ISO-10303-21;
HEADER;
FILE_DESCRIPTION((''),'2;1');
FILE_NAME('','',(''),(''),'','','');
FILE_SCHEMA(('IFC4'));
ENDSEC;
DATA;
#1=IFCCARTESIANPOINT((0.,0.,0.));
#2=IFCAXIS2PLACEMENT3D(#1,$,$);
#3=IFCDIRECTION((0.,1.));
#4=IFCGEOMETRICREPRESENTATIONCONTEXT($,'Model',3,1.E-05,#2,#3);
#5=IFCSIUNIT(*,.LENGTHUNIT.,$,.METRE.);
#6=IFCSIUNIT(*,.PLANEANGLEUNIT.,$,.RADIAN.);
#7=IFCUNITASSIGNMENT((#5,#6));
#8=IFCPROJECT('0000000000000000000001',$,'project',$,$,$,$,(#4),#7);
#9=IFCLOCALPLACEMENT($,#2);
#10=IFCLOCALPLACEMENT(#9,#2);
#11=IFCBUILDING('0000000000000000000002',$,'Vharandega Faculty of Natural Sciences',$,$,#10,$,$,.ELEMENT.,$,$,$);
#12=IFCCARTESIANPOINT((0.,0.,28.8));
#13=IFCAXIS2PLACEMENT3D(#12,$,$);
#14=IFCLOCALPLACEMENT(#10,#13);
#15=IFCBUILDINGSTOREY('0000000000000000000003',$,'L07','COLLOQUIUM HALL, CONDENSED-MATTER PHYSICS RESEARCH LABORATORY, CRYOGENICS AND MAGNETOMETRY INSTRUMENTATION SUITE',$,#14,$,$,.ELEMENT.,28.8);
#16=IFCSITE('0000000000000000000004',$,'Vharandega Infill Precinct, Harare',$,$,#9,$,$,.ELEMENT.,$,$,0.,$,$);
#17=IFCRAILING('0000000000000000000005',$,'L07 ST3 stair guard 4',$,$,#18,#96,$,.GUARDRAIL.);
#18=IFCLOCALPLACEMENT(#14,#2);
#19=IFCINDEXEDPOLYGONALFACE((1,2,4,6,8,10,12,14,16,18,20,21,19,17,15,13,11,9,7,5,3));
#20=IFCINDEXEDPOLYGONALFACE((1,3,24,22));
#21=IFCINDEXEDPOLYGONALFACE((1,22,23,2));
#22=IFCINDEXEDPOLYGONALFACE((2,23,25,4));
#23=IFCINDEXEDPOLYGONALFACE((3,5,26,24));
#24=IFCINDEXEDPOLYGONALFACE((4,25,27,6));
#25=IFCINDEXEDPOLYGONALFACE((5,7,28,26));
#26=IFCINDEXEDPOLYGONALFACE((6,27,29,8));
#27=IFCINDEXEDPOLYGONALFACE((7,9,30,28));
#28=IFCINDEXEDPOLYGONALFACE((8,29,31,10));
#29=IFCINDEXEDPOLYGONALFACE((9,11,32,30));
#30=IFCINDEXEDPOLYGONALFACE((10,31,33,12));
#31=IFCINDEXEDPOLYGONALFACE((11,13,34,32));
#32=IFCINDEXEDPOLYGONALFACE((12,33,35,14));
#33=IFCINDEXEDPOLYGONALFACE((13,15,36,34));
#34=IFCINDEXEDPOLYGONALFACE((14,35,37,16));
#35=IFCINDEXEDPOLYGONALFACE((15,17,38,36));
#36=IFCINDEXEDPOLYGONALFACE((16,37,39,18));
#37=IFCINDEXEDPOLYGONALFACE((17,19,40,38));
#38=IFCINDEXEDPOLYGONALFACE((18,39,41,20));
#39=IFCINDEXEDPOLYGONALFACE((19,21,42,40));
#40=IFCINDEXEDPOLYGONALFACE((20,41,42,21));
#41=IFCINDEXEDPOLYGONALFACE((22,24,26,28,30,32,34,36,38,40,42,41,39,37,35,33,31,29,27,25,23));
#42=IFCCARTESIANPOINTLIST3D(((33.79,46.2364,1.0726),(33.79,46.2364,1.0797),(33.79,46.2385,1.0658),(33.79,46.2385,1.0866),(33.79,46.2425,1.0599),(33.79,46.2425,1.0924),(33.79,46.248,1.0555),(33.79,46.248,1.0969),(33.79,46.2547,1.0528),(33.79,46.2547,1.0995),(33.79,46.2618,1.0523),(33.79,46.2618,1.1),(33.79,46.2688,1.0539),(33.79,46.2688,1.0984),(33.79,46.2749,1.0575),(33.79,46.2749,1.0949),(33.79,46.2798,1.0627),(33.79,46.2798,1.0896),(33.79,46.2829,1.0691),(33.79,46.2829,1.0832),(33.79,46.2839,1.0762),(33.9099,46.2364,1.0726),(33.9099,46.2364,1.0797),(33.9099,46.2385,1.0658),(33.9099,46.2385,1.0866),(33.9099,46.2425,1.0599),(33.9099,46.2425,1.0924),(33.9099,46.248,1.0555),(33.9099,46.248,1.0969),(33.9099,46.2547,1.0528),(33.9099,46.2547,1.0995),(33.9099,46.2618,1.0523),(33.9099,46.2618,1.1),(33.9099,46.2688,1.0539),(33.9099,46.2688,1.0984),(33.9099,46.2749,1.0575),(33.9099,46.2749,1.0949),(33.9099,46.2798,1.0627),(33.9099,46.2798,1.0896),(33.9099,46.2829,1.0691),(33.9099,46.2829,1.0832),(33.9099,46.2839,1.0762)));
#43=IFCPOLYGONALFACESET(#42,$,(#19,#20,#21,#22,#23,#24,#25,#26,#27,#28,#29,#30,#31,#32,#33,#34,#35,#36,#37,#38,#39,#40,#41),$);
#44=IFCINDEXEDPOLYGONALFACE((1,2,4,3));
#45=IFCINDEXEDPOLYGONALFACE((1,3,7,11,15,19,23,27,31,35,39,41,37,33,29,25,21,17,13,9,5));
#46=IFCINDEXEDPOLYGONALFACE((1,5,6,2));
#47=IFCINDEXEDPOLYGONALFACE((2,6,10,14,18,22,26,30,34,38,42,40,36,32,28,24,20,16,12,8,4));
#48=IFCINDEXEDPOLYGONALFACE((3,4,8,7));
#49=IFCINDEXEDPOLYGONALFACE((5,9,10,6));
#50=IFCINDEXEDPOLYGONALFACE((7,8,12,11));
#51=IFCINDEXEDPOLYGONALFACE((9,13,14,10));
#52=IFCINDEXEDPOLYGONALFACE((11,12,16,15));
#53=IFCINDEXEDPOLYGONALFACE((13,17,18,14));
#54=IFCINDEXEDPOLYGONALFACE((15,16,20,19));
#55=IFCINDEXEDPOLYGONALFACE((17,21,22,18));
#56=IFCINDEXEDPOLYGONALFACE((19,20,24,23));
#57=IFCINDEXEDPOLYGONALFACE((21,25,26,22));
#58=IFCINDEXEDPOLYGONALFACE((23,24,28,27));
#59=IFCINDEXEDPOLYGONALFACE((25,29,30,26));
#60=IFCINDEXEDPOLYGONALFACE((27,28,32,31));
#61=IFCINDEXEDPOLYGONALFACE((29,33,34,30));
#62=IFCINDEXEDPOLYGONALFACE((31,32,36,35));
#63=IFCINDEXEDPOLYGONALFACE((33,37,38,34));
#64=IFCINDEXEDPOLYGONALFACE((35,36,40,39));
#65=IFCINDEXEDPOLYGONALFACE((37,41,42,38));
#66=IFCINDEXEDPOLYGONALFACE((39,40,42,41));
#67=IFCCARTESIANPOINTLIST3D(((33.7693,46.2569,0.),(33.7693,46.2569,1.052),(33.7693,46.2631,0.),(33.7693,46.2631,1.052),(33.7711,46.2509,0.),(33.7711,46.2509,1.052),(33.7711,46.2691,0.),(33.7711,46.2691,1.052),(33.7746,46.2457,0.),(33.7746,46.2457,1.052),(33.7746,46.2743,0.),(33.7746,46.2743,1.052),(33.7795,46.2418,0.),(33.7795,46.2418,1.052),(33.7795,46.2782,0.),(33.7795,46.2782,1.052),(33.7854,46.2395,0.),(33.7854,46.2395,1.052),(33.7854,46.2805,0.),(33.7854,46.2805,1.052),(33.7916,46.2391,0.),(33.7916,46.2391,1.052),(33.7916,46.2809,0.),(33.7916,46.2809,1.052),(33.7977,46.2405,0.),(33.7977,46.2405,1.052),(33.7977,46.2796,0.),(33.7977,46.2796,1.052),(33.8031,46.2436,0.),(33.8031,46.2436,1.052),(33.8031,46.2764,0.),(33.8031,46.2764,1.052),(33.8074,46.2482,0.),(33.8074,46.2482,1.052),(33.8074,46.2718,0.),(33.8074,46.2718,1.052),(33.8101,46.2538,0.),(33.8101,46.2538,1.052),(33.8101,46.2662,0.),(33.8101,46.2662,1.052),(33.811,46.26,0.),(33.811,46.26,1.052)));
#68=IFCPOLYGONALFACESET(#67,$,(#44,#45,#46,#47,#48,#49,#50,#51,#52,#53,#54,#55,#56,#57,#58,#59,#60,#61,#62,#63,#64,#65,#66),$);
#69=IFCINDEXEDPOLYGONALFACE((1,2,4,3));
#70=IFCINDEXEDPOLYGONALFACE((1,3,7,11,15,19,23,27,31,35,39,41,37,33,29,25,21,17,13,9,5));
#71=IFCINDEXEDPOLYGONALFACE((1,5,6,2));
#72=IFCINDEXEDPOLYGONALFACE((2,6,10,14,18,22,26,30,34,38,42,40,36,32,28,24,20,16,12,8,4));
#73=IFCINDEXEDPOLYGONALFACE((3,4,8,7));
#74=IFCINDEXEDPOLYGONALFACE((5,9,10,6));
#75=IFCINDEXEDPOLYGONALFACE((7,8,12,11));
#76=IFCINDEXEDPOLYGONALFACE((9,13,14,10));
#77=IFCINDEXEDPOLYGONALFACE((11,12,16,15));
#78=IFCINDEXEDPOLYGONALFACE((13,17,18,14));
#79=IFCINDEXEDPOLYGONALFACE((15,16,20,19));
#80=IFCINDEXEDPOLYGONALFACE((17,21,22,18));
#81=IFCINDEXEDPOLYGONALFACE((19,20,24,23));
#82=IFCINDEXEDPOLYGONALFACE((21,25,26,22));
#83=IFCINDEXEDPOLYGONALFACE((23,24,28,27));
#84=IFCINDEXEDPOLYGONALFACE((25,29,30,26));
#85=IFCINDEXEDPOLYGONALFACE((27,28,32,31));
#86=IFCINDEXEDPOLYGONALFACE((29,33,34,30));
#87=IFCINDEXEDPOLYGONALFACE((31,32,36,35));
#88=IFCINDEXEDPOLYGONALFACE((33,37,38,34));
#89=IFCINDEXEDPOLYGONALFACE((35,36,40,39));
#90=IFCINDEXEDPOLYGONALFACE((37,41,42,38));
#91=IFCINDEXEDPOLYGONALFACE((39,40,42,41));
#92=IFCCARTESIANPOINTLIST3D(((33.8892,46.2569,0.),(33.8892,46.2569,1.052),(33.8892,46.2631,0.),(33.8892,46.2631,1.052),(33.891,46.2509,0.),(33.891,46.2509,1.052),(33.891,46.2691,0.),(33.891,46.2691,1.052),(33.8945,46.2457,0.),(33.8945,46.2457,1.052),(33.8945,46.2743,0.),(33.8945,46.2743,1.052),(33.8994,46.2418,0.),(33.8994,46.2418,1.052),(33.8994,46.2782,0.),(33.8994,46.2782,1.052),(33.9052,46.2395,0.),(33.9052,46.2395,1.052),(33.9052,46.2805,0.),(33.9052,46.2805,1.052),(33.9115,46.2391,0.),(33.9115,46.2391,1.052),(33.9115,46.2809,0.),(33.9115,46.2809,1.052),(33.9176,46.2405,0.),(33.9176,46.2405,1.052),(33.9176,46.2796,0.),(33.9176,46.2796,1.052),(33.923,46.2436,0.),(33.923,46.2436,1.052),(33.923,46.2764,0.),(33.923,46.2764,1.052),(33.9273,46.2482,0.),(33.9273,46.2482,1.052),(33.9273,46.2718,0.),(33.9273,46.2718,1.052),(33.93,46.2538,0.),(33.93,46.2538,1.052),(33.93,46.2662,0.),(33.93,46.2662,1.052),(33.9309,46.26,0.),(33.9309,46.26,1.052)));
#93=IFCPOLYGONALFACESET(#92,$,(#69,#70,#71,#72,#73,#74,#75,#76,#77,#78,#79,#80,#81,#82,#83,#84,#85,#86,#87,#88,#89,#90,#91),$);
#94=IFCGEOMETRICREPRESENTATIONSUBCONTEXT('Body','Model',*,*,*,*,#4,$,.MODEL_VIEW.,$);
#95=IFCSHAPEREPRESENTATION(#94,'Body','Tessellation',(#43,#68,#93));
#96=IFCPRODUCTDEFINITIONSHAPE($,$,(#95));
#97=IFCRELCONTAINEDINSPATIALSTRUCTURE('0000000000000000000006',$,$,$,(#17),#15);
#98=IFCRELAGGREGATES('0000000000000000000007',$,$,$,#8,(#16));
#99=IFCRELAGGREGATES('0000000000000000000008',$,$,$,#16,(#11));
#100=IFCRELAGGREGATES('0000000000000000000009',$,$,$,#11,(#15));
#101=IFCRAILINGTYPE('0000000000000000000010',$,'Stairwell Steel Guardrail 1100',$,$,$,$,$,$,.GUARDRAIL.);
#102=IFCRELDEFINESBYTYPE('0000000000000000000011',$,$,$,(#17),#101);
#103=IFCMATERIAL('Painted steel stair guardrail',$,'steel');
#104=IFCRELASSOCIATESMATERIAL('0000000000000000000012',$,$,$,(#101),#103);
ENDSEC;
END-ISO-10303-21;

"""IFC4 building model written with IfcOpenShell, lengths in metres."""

from ifc_helpers import new_model, si_unit, direction, frame, origin, origin_2d, place, context, subcontext, project, spatial, circle, extrude, material, type_object, element, save


model = new_model("IFC4")

# Units and contexts
model_context = context("Model", 3, precision=1e-05, world=origin(), true_north=direction((0.0, 1.0)))
body_context = subcontext(model_context, "Body", "Model", "MODEL_VIEW")
ifc_project = project(units=[si_unit("LENGTHUNIT", "METRE"), si_unit("PLANEANGLEUNIT", "RADIAN")], contexts=[model_context])

# Site, building, storey
site_placement = place(None, origin())
site = spatial("IfcSite", under=ifc_project, at=site_placement, Name="Vharandega Infill Precinct, Harare", CompositionType="ELEMENT", RefElevation=0.0)
building_placement = place(site_placement, origin())
building = spatial("IfcBuilding", under=site, at=building_placement, Name="Vharandega Faculty of Natural Sciences", CompositionType="ELEMENT")
storey_placement = place(building_placement, frame((0.0, 0.0, 28.8)))
storey = spatial("IfcBuildingStorey", under=building, at=storey_placement, Name="L07", Description="COLLOQUIUM HALL, CONDENSED-MATTER PHYSICS RESEARCH LABORATORY, CRYOGENICS AND MAGNETOMETRY INSTRUMENTATION SUITE", CompositionType="ELEMENT", Elevation=28.8)

# Railing
ifc_material_1 = material(Name="Painted steel stair guardrail", Category="steel")
railing_type_1 = type_object("IfcRailingType", Name="Stairwell Steel Guardrail 1100", PredefinedType="GUARDRAIL", material=ifc_material_1)
railing_1_placement = place(storey_placement, frame((33.79, 46.26, 0.0)))
element("IfcRailing", 1, at=railing_1_placement, inside=storey, type_object=railing_type_1, Name="L07 ST3 stair guard 4", PredefinedType="GUARDRAIL", context=body_context, shape_type="SweptSolid", body=[
    extrude(circle(Radius=0.0239, at=origin_2d()), frame((0.0, 0.0, 1.0762), z_axis=(1.0, 0.0, 0.0), x_axis=(0.0, 1.0, 0.0)), (0.0, 0.0, 1.0), 0.1199),
    extrude(circle(Radius=0.021, at=origin_2d()), origin(), (0.0, 0.0, 1.0), 1.052),
    extrude(circle(Radius=0.021, at=origin_2d()), frame((0.1199, 0.0, 0.0)), (0.0, 0.0, 1.0), 1.052),
])

save(model, "model.ifc")
